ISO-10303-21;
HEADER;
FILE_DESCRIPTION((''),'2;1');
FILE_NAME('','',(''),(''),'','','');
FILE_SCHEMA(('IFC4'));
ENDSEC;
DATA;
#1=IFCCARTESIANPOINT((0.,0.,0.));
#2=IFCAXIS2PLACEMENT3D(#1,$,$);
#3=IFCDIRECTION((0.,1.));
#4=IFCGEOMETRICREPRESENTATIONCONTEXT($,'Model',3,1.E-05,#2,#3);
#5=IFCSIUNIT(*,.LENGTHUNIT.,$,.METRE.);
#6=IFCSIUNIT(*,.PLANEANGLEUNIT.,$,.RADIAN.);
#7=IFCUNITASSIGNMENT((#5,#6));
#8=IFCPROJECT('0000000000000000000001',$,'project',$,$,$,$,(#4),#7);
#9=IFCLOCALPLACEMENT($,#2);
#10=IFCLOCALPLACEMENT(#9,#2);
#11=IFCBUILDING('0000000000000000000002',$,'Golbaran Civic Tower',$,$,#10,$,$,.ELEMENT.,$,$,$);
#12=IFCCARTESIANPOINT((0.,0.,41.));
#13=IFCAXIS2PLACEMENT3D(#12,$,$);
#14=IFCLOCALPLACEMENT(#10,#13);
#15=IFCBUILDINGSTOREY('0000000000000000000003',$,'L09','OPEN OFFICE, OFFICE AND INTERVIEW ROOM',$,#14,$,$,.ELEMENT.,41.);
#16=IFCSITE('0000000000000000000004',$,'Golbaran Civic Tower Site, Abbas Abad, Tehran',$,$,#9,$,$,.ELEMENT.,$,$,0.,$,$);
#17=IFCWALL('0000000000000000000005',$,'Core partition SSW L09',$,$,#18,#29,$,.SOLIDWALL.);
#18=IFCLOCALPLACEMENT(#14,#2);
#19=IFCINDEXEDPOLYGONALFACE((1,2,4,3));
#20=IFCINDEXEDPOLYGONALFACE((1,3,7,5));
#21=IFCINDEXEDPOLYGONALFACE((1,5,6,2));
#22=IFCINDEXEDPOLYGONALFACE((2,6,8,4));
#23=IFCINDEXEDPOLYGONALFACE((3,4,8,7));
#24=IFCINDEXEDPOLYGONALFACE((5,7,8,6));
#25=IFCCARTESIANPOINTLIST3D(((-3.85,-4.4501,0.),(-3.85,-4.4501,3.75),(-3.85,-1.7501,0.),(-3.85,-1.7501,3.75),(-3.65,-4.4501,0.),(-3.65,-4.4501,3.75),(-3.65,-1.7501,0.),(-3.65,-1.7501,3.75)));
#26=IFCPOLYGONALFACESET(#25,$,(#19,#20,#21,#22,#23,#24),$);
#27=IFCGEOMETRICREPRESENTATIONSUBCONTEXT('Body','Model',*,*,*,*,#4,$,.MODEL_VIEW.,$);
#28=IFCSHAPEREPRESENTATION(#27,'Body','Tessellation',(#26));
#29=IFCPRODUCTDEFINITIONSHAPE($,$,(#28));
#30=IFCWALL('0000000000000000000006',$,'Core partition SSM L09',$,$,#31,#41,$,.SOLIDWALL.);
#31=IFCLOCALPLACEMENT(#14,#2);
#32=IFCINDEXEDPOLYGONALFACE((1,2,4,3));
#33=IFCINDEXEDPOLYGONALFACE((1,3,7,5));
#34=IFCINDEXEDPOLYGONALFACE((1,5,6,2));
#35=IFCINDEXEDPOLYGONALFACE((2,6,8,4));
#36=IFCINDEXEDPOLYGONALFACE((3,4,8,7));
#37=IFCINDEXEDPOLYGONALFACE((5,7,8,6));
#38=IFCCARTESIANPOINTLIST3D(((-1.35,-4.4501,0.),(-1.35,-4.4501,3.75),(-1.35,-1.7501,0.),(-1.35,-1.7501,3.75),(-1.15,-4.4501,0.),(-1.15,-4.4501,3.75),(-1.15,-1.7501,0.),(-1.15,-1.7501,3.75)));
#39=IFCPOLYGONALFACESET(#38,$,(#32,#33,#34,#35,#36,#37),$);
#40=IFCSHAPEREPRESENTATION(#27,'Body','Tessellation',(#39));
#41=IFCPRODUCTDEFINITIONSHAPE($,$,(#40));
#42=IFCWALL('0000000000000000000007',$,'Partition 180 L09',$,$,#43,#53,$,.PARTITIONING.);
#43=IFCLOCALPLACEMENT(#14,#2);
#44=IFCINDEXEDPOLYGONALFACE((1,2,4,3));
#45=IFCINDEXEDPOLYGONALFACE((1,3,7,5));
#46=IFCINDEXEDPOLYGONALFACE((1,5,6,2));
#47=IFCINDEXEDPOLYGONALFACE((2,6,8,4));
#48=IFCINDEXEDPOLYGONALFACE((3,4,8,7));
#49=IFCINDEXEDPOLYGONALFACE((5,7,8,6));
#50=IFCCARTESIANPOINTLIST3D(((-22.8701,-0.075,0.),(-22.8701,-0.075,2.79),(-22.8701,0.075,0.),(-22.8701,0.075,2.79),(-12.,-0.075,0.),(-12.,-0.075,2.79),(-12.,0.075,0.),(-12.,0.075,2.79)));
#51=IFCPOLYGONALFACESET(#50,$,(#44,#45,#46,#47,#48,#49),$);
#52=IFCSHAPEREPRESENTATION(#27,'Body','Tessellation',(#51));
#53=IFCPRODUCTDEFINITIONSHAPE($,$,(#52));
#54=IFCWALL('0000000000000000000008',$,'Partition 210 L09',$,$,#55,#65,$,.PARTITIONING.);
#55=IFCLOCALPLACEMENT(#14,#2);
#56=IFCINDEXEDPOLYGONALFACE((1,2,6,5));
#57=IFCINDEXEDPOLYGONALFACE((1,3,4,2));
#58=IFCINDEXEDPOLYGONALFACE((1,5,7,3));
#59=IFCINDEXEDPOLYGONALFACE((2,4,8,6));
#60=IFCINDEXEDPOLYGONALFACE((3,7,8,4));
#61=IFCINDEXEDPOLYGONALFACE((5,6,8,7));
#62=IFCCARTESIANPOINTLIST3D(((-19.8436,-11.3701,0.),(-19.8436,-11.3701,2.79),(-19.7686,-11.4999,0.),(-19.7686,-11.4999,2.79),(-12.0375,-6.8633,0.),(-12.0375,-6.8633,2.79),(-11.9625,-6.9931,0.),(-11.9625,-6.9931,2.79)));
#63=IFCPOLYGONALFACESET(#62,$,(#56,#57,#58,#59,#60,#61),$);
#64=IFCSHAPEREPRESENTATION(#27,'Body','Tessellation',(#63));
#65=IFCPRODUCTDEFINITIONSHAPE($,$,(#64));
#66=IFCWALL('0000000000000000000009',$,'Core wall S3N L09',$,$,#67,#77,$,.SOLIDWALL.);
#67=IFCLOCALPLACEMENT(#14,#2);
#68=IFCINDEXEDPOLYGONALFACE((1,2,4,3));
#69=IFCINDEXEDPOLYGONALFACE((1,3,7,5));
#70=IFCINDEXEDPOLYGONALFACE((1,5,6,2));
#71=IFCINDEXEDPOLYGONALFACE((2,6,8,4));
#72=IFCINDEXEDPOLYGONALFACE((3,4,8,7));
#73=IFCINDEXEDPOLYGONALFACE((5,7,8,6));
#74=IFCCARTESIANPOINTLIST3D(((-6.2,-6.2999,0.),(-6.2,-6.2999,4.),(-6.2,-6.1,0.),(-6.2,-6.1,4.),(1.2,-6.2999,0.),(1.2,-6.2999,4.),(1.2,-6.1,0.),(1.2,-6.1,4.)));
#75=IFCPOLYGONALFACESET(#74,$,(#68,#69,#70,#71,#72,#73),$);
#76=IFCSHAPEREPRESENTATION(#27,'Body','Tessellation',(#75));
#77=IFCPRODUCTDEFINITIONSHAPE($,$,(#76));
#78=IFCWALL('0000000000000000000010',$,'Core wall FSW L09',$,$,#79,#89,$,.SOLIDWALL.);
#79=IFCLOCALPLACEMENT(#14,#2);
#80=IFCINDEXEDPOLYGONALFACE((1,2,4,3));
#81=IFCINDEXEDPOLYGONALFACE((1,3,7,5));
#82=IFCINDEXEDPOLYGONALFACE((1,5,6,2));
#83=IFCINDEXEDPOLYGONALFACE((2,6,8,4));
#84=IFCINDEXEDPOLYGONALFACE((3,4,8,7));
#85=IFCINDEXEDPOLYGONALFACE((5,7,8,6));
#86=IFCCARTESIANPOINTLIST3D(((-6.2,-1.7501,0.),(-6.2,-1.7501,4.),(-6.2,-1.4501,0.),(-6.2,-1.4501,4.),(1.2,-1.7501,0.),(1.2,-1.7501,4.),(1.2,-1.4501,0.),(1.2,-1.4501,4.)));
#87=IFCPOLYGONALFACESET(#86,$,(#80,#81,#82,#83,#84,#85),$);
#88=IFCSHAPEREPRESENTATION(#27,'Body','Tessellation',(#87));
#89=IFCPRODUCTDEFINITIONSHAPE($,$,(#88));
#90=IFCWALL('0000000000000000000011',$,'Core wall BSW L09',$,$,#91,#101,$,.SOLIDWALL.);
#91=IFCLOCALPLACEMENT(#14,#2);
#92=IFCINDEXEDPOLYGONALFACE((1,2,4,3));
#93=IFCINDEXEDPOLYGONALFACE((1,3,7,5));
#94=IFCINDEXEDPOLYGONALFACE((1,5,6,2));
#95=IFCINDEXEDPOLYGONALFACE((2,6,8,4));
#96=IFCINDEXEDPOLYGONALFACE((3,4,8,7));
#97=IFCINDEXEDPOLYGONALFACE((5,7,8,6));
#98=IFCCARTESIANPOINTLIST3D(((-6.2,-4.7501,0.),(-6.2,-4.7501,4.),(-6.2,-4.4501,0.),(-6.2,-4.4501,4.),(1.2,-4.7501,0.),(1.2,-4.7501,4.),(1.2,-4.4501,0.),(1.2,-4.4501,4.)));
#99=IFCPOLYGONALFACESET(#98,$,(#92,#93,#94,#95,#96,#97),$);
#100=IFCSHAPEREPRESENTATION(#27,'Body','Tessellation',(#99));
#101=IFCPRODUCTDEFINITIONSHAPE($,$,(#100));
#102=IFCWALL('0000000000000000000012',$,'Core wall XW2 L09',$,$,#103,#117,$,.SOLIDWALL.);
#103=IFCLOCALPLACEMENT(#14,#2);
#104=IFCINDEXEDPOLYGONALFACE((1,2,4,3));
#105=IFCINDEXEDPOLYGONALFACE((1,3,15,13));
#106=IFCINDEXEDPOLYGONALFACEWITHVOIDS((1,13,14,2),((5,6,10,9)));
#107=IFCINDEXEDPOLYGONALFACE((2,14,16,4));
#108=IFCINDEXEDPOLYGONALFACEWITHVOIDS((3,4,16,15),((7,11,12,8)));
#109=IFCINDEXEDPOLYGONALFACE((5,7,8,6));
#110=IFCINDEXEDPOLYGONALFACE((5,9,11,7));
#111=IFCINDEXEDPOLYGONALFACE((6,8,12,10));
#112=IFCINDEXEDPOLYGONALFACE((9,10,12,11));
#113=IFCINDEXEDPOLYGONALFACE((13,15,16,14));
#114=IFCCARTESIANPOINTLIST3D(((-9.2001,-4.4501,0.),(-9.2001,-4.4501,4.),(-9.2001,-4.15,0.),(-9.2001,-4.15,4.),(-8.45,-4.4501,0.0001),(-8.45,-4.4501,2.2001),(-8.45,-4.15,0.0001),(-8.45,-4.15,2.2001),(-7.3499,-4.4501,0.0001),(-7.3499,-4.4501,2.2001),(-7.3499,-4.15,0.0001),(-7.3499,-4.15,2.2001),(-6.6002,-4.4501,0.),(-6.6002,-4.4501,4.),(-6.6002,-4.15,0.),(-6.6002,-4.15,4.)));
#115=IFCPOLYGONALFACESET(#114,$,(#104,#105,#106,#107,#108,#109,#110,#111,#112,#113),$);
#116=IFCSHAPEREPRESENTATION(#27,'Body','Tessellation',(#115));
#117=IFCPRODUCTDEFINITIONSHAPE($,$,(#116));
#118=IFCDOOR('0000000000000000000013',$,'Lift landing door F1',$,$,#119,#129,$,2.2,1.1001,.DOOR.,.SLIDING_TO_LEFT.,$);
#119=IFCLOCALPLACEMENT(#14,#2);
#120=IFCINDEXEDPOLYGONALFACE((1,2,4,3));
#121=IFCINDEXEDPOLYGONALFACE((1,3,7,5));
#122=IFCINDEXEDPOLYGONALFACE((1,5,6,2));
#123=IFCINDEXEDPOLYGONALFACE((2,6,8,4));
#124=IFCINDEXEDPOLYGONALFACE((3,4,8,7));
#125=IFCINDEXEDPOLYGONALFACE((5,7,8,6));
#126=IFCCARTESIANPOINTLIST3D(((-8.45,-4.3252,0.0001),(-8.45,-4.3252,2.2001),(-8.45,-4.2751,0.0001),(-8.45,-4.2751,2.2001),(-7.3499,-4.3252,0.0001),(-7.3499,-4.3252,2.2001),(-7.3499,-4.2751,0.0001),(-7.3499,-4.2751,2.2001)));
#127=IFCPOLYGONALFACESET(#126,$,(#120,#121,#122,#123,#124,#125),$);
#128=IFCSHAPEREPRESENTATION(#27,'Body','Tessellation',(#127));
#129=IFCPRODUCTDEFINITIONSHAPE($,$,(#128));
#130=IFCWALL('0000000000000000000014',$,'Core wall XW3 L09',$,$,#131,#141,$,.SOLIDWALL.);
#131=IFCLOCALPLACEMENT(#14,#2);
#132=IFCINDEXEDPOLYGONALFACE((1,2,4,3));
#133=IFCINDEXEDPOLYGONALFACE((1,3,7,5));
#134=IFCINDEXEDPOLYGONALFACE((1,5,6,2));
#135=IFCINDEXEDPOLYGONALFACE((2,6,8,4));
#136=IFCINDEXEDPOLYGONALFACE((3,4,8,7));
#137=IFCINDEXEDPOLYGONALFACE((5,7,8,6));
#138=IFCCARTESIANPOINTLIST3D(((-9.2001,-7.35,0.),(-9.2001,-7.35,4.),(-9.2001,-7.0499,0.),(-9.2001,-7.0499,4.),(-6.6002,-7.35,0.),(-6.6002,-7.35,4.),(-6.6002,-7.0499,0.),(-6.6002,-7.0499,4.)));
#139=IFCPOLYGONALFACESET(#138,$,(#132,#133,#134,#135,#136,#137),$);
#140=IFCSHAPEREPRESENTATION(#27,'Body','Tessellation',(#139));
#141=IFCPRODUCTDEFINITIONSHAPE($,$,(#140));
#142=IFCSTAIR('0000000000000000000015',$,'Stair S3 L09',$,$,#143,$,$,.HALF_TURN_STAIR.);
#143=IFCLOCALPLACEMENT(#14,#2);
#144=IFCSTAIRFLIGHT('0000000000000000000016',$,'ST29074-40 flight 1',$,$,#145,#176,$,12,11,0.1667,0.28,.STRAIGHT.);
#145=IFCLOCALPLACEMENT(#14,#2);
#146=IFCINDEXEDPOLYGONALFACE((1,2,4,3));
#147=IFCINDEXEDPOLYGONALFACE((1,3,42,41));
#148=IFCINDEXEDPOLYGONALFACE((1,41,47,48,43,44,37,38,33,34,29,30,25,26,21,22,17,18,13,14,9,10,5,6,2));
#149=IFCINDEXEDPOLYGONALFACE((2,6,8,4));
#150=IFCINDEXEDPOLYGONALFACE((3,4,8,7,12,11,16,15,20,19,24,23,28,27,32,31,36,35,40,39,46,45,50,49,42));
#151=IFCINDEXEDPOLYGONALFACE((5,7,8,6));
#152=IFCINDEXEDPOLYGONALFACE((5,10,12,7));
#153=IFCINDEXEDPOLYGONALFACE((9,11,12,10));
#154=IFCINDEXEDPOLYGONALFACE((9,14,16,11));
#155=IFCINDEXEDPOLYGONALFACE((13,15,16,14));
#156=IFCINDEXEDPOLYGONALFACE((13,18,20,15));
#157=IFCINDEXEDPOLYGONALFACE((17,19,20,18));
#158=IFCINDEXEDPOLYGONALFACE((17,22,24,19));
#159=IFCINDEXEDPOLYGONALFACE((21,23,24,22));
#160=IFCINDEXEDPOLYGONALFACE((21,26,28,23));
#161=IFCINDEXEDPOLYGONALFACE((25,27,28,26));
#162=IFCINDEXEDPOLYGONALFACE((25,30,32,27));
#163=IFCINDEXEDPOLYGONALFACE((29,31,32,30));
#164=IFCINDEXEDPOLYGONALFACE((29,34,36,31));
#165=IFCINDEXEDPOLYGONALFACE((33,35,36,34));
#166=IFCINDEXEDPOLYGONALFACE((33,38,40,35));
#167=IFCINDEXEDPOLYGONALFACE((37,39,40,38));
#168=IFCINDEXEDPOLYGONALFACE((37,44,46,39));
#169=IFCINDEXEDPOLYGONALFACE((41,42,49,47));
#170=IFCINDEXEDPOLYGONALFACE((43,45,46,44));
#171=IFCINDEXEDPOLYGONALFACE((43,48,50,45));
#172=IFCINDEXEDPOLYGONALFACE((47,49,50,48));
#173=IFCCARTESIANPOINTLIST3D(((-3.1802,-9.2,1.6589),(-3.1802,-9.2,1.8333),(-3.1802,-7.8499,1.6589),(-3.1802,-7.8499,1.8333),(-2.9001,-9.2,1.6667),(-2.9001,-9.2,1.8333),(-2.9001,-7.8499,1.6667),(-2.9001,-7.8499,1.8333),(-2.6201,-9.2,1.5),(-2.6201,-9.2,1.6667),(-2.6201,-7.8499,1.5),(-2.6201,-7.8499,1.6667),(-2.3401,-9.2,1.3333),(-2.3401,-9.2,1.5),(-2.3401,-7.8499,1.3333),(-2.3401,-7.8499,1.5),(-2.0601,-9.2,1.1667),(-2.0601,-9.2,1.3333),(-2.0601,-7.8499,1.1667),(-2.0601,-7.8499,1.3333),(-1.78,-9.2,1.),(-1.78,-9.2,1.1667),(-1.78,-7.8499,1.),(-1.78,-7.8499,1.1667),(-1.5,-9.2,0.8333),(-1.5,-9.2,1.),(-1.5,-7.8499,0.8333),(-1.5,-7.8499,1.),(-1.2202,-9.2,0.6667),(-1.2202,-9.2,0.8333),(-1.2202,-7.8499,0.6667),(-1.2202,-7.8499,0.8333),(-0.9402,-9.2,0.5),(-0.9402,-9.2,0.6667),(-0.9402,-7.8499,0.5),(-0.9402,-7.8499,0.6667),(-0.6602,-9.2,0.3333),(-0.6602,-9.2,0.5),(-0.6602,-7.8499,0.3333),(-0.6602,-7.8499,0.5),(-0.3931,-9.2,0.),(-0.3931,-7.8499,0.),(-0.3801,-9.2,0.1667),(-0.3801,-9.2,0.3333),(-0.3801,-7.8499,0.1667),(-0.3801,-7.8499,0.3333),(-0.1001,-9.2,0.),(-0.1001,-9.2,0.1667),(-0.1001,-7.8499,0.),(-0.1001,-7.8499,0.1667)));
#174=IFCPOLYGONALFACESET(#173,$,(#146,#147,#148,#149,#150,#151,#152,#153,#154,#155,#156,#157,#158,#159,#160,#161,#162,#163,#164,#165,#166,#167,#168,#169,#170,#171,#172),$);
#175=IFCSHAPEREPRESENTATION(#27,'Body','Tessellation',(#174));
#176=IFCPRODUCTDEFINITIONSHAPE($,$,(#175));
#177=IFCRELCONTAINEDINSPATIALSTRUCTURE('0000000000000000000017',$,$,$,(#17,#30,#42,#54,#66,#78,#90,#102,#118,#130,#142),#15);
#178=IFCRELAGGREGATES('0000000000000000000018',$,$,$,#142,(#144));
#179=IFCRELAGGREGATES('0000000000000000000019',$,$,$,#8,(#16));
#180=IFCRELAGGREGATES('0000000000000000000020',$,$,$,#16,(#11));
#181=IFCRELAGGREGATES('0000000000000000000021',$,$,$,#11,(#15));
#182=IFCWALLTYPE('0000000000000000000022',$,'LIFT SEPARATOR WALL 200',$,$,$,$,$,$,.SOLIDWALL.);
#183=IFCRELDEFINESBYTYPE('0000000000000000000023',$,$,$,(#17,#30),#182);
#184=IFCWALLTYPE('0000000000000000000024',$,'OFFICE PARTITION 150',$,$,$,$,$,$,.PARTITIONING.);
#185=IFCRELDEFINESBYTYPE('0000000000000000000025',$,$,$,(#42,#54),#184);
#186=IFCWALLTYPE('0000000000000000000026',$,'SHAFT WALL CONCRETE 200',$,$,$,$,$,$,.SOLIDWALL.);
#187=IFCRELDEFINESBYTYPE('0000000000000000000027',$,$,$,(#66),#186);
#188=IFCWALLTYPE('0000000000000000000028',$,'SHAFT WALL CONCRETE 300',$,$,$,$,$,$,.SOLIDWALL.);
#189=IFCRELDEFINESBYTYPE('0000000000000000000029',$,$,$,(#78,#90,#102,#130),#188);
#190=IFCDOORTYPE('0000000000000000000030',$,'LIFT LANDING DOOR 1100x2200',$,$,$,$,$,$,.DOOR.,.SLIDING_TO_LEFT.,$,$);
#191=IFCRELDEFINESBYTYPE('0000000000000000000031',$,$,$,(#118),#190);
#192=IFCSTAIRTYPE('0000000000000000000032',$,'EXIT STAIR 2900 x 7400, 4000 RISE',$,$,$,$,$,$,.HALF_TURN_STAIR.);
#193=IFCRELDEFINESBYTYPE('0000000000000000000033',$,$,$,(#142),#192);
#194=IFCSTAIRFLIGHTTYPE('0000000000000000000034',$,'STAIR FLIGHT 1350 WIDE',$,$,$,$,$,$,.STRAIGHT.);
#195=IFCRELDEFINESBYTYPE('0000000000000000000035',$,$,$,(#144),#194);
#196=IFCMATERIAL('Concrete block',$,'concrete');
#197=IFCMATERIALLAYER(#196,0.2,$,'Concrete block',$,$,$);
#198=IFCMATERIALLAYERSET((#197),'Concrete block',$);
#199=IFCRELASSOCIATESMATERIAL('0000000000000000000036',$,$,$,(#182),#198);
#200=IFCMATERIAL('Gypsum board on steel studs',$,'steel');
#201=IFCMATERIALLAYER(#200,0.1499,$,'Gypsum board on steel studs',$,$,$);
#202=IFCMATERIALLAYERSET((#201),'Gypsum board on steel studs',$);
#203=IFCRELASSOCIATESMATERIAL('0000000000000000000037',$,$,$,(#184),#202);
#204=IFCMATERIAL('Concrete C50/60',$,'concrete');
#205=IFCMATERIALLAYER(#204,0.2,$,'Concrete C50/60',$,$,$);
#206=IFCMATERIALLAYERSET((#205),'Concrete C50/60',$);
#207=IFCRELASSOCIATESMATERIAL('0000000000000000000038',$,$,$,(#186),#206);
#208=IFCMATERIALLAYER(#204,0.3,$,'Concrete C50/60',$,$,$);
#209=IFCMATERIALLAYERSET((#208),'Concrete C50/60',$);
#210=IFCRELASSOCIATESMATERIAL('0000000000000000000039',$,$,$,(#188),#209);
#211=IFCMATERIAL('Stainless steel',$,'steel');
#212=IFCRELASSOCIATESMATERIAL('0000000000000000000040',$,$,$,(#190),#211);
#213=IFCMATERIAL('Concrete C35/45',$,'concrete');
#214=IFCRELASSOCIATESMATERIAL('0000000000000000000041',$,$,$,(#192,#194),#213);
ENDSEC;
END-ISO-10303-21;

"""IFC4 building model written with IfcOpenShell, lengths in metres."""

from ifc_helpers import new_model, si_unit, direction, frame, frame_2d, origin, place, context, subcontext, project, spatial, polyline, rectangle, outline, extrude, material, layer, layer_set, type_object, element, fill, aggregate, save


model = new_model("IFC4")

# Units and contexts
model_context = context("Model", 3, precision=1e-05, world=origin(), true_north=direction((0.0, 1.0)))
body_context = subcontext(model_context, "Body", "Model", "MODEL_VIEW")
ifc_project = project(units=[si_unit("LENGTHUNIT", "METRE"), si_unit("PLANEANGLEUNIT", "RADIAN")], contexts=[model_context])

# Site, building, storey
site_placement = place(None, origin())
site = spatial("IfcSite", under=ifc_project, at=site_placement, Name="Golbaran Civic Tower Site, Abbas Abad, Tehran", CompositionType="ELEMENT", RefElevation=0.0)
building_placement = place(site_placement, origin())
building = spatial("IfcBuilding", under=site, at=building_placement, Name="Golbaran Civic Tower", CompositionType="ELEMENT")
storey_placement = place(building_placement, frame((0.0, 0.0, 41.0)))
storey = spatial("IfcBuildingStorey", under=building, at=storey_placement, Name="L09", Description="OPEN OFFICE, OFFICE AND INTERVIEW ROOM", CompositionType="ELEMENT", Elevation=41.0)

# Walls
ifc_material_1 = material(Name="Concrete block", Category="concrete")
ifc_layer_1 = layer(ifc_material_1, 0.2, Name="Concrete block")
ifc_layer_set_1 = layer_set([ifc_layer_1], Name="Concrete block")
wall_type_1 = type_object("IfcWallType", Name="LIFT SEPARATOR WALL 200", PredefinedType="SOLIDWALL", material=ifc_layer_set_1)
for number, where, z_axis, x_axis, name in (
    (1, (-3.75, -1.75, 0.0), (0.0, 0.0, 1.0), (0.0, -1.0, 0.0), "Core partition SSW L09"),
    (2, (-1.25, -1.75, 0.0), (0.0, 0.0, 1.0), (0.0, -1.0, 0.0), "Core partition SSM L09"),
):
    element("IfcWall", number, at=place(storey_placement, frame(where, z_axis=z_axis, x_axis=x_axis)), inside=storey, type_object=wall_type_1, Name=name, PredefinedType="SOLIDWALL", context=body_context, shape_type="SweptSolid", body=[
        extrude(rectangle(XDim=2.7, YDim=0.2, at=frame_2d((1.3501, 0.0))), origin(), (0.0, 0.0, 1.0), 3.75),
    ])
ifc_material_2 = material(Name="Gypsum board on steel studs", Category="steel")
ifc_layer_2 = layer(ifc_material_2, 0.1499, Name="Gypsum board on steel studs")
ifc_layer_set_2 = layer_set([ifc_layer_2], Name="Gypsum board on steel studs")
wall_type_2 = type_object("IfcWallType", Name="OFFICE PARTITION 150", PredefinedType="PARTITIONING", material=ifc_layer_set_2)
wall_1_placement = place(storey_placement, frame((-12.0, 0.0, 0.0), z_axis=(0.0, 0.0, 1.0), x_axis=(-1.0, 0.0, 0.0)))
element("IfcWall", 3, at=wall_1_placement, inside=storey, type_object=wall_type_2, Name="Partition 180 L09", PredefinedType="PARTITIONING", context=body_context, shape_type="SweptSolid", body=[
    extrude(rectangle(XDim=10.8701, YDim=0.1499, at=frame_2d((5.4351, 0.0))), origin(), (0.0, 0.0, 1.0), 2.79),
])
wall_2_placement = place(storey_placement, frame((-12.0, -6.9282, 0.0), z_axis=(0.0, 0.0, 1.0), x_axis=(-0.866028, -0.499996, 0.0)))
element("IfcWall", 4, at=wall_2_placement, inside=storey, type_object=wall_type_2, Name="Partition 210 L09", PredefinedType="PARTITIONING", context=body_context, shape_type="SweptSolid", body=[
    extrude(rectangle(XDim=9.0137, YDim=0.1499, at=frame_2d((4.5068, 0.0))), origin(), (0.0, 0.0, 1.0), 2.79),
])
ifc_material_3 = material(Name="Concrete C50/60", Category="concrete")
ifc_layer_3 = layer(ifc_material_3, 0.2, Name="Concrete C50/60")
ifc_layer_set_3 = layer_set([ifc_layer_3], Name="Concrete C50/60")
wall_type_3 = type_object("IfcWallType", Name="SHAFT WALL CONCRETE 200", PredefinedType="SOLIDWALL", material=ifc_layer_set_3)
wall_3_placement = place(storey_placement, frame((-6.2, -6.2, 0.0), z_axis=(0.0, 0.0, 1.0), x_axis=(1.0, 0.0, 0.0)))
element("IfcWall", 5, at=wall_3_placement, inside=storey, type_object=wall_type_3, Name="Core wall S3N L09", PredefinedType="SOLIDWALL", context=body_context, shape_type="SweptSolid", body=[
    extrude(rectangle(XDim=7.3999, YDim=0.2, at=frame_2d((3.7, 0.0))), origin(), (0.0, 0.0, 1.0), 4.0),
])
ifc_layer_4 = layer(ifc_material_3, 0.3, Name="Concrete C50/60")
ifc_layer_set_4 = layer_set([ifc_layer_4], Name="Concrete C50/60")
wall_type_4 = type_object("IfcWallType", Name="SHAFT WALL CONCRETE 300", PredefinedType="SOLIDWALL", material=ifc_layer_set_4)
for number, where, z_axis, x_axis, name in (
    (6, (-6.2, -1.6001, 0.0), (0.0, 0.0, 1.0), (1.0, 0.0, 0.0), "Core wall FSW L09"),
    (7, (-6.2, -4.6001, 0.0), (0.0, 0.0, 1.0), (1.0, 0.0, 0.0), "Core wall BSW L09"),
):
    element("IfcWall", number, at=place(storey_placement, frame(where, z_axis=z_axis, x_axis=x_axis)), inside=storey, type_object=wall_type_4, Name=name, PredefinedType="SOLIDWALL", context=body_context, shape_type="SweptSolid", body=[
        extrude(rectangle(XDim=7.3999, YDim=0.3, at=frame_2d((3.7, 0.0))), origin(), (0.0, 0.0, 1.0), 4.0),
    ])

# Wall, opening, door
wall_4_placement = place(storey_placement, frame((-9.2, -4.3, 0.0), z_axis=(0.0, 0.0, 1.0), x_axis=(1.0, 0.0, 0.0)))
wall_4 = element("IfcWall", 8, at=wall_4_placement, inside=storey, type_object=wall_type_4, Name="Core wall XW2 L09", PredefinedType="SOLIDWALL", context=body_context, shape_type="SweptSolid", body=[
    extrude(rectangle(XDim=2.5999, YDim=0.3, at=frame_2d((1.2998, 0.0))), origin(), (0.0, 0.0, 1.0), 4.0),
])
opening_1_placement = place(wall_4_placement, frame((0.75, 0.0, 0.0)))
opening_1 = element("IfcOpeningElement", 9, at=opening_1_placement, cuts=wall_4, PredefinedType="OPENING", context=body_context, shape_type="SweptSolid", body=[
    extrude(rectangle(XDim=1.1001, YDim=2.2, at=frame_2d((0.55, 1.1001))), frame((0.0, 0.1599, 0.0), z_axis=(0.0, -1.0, 0.0), x_axis=(1.0, 0.0, 0.0)), (0.0, 0.0, 1.0), 0.3201),
])
ifc_material_4 = material(Name="Stainless steel", Category="steel")
door_type_1 = type_object("IfcDoorType", Name="LIFT LANDING DOOR 1100x2200", OperationType="SLIDING_TO_LEFT", PredefinedType="DOOR", material=ifc_material_4)
door_1_placement = place(opening_1_placement, origin())
door_1 = element("IfcDoor", 10, at=door_1_placement, inside=storey, type_object=door_type_1, Name="Lift landing door F1", OperationType="SLIDING_TO_LEFT", OverallHeight=2.2, OverallWidth=1.1001, PredefinedType="DOOR", context=body_context, shape_type="SweptSolid", body=[
    extrude(rectangle(XDim=1.1001, YDim=2.2, at=frame_2d((0.55, 1.1001))), frame((0.0, 0.0249, 0.0), z_axis=(0.0, -1.0, 0.0), x_axis=(1.0, 0.0, 0.0)), (0.0, 0.0, 1.0), 0.05),
])
fill(opening_1, door_1)

# Wall
wall_5_placement = place(storey_placement, frame((-9.2, -7.2, 0.0), z_axis=(0.0, 0.0, 1.0), x_axis=(1.0, 0.0, 0.0)))
element("IfcWall", 11, at=wall_5_placement, inside=storey, type_object=wall_type_4, Name="Core wall XW3 L09", PredefinedType="SOLIDWALL", context=body_context, shape_type="SweptSolid", body=[
    extrude(rectangle(XDim=2.5999, YDim=0.3, at=frame_2d((1.2998, 0.0))), origin(), (0.0, 0.0, 1.0), 4.0),
])

# Stair, stair flight
ifc_material_5 = material(Name="Concrete C35/45", Category="concrete")
stair_type = type_object("IfcStairType", Name="EXIT STAIR 2900 x 7400, 4000 RISE", PredefinedType="HALF_TURN_STAIR", material=ifc_material_5)
stair_placement = place(storey_placement, origin())
stair = element("IfcStair", 12, at=stair_placement, inside=storey, type_object=stair_type, Name="Stair S3 L09", PredefinedType="HALF_TURN_STAIR")
stair_flight_type = type_object("IfcStairFlightType", Name="STAIR FLIGHT 1350 WIDE", PredefinedType="STRAIGHT", material=ifc_material_5)
stair_flight_1_placement = place(storey_placement, frame((-0.1001, -8.5249, 0.0), z_axis=(0.0, 0.0, 1.0), x_axis=(-1.0, 0.0, 0.0)))
stair_flight_1 = element("IfcStairFlight", 13, at=stair_flight_1_placement, type_object=stair_flight_type, Name="ST29074-40 flight 1", NumberOfRisers=12, NumberOfTreads=11, PredefinedType="STRAIGHT", RiserHeight=0.1667, TreadLength=0.28, context=body_context, shape_type="SweptSolid", body=[
    extrude(outline(polyline([(0.0, 0.0), (0.0, 0.1667), (0.28, 0.1667), (0.28, 0.3333), (0.5601, 0.3333), (0.5601, 0.5), (0.8401, 0.5), (0.8401, 0.6667), (1.1201, 0.6667), (1.1201, 0.8333), (1.3999, 0.8333), (1.3999, 1.0), (1.6799, 1.0), (1.6799, 1.1667), (1.96, 1.1667), (1.96, 1.3333), (2.24, 1.3333), (2.24, 1.5), (2.52, 1.5), (2.52, 1.6667), (2.8, 1.6667), (2.8, 1.8333), (3.0801, 1.8333), (3.0801, 2.0), (3.0801, 1.6589), (0.293, 0.0), (0.0, 0.0)])), frame((0.0, 0.675, 0.0), z_axis=(0.0, -1.0, 0.0), x_axis=(1.0, 0.0, 0.0)), (0.0, 0.0, 1.0), 1.3501),
])
aggregate(stair, [stair_flight_1])

save(model, "model.ifc")
